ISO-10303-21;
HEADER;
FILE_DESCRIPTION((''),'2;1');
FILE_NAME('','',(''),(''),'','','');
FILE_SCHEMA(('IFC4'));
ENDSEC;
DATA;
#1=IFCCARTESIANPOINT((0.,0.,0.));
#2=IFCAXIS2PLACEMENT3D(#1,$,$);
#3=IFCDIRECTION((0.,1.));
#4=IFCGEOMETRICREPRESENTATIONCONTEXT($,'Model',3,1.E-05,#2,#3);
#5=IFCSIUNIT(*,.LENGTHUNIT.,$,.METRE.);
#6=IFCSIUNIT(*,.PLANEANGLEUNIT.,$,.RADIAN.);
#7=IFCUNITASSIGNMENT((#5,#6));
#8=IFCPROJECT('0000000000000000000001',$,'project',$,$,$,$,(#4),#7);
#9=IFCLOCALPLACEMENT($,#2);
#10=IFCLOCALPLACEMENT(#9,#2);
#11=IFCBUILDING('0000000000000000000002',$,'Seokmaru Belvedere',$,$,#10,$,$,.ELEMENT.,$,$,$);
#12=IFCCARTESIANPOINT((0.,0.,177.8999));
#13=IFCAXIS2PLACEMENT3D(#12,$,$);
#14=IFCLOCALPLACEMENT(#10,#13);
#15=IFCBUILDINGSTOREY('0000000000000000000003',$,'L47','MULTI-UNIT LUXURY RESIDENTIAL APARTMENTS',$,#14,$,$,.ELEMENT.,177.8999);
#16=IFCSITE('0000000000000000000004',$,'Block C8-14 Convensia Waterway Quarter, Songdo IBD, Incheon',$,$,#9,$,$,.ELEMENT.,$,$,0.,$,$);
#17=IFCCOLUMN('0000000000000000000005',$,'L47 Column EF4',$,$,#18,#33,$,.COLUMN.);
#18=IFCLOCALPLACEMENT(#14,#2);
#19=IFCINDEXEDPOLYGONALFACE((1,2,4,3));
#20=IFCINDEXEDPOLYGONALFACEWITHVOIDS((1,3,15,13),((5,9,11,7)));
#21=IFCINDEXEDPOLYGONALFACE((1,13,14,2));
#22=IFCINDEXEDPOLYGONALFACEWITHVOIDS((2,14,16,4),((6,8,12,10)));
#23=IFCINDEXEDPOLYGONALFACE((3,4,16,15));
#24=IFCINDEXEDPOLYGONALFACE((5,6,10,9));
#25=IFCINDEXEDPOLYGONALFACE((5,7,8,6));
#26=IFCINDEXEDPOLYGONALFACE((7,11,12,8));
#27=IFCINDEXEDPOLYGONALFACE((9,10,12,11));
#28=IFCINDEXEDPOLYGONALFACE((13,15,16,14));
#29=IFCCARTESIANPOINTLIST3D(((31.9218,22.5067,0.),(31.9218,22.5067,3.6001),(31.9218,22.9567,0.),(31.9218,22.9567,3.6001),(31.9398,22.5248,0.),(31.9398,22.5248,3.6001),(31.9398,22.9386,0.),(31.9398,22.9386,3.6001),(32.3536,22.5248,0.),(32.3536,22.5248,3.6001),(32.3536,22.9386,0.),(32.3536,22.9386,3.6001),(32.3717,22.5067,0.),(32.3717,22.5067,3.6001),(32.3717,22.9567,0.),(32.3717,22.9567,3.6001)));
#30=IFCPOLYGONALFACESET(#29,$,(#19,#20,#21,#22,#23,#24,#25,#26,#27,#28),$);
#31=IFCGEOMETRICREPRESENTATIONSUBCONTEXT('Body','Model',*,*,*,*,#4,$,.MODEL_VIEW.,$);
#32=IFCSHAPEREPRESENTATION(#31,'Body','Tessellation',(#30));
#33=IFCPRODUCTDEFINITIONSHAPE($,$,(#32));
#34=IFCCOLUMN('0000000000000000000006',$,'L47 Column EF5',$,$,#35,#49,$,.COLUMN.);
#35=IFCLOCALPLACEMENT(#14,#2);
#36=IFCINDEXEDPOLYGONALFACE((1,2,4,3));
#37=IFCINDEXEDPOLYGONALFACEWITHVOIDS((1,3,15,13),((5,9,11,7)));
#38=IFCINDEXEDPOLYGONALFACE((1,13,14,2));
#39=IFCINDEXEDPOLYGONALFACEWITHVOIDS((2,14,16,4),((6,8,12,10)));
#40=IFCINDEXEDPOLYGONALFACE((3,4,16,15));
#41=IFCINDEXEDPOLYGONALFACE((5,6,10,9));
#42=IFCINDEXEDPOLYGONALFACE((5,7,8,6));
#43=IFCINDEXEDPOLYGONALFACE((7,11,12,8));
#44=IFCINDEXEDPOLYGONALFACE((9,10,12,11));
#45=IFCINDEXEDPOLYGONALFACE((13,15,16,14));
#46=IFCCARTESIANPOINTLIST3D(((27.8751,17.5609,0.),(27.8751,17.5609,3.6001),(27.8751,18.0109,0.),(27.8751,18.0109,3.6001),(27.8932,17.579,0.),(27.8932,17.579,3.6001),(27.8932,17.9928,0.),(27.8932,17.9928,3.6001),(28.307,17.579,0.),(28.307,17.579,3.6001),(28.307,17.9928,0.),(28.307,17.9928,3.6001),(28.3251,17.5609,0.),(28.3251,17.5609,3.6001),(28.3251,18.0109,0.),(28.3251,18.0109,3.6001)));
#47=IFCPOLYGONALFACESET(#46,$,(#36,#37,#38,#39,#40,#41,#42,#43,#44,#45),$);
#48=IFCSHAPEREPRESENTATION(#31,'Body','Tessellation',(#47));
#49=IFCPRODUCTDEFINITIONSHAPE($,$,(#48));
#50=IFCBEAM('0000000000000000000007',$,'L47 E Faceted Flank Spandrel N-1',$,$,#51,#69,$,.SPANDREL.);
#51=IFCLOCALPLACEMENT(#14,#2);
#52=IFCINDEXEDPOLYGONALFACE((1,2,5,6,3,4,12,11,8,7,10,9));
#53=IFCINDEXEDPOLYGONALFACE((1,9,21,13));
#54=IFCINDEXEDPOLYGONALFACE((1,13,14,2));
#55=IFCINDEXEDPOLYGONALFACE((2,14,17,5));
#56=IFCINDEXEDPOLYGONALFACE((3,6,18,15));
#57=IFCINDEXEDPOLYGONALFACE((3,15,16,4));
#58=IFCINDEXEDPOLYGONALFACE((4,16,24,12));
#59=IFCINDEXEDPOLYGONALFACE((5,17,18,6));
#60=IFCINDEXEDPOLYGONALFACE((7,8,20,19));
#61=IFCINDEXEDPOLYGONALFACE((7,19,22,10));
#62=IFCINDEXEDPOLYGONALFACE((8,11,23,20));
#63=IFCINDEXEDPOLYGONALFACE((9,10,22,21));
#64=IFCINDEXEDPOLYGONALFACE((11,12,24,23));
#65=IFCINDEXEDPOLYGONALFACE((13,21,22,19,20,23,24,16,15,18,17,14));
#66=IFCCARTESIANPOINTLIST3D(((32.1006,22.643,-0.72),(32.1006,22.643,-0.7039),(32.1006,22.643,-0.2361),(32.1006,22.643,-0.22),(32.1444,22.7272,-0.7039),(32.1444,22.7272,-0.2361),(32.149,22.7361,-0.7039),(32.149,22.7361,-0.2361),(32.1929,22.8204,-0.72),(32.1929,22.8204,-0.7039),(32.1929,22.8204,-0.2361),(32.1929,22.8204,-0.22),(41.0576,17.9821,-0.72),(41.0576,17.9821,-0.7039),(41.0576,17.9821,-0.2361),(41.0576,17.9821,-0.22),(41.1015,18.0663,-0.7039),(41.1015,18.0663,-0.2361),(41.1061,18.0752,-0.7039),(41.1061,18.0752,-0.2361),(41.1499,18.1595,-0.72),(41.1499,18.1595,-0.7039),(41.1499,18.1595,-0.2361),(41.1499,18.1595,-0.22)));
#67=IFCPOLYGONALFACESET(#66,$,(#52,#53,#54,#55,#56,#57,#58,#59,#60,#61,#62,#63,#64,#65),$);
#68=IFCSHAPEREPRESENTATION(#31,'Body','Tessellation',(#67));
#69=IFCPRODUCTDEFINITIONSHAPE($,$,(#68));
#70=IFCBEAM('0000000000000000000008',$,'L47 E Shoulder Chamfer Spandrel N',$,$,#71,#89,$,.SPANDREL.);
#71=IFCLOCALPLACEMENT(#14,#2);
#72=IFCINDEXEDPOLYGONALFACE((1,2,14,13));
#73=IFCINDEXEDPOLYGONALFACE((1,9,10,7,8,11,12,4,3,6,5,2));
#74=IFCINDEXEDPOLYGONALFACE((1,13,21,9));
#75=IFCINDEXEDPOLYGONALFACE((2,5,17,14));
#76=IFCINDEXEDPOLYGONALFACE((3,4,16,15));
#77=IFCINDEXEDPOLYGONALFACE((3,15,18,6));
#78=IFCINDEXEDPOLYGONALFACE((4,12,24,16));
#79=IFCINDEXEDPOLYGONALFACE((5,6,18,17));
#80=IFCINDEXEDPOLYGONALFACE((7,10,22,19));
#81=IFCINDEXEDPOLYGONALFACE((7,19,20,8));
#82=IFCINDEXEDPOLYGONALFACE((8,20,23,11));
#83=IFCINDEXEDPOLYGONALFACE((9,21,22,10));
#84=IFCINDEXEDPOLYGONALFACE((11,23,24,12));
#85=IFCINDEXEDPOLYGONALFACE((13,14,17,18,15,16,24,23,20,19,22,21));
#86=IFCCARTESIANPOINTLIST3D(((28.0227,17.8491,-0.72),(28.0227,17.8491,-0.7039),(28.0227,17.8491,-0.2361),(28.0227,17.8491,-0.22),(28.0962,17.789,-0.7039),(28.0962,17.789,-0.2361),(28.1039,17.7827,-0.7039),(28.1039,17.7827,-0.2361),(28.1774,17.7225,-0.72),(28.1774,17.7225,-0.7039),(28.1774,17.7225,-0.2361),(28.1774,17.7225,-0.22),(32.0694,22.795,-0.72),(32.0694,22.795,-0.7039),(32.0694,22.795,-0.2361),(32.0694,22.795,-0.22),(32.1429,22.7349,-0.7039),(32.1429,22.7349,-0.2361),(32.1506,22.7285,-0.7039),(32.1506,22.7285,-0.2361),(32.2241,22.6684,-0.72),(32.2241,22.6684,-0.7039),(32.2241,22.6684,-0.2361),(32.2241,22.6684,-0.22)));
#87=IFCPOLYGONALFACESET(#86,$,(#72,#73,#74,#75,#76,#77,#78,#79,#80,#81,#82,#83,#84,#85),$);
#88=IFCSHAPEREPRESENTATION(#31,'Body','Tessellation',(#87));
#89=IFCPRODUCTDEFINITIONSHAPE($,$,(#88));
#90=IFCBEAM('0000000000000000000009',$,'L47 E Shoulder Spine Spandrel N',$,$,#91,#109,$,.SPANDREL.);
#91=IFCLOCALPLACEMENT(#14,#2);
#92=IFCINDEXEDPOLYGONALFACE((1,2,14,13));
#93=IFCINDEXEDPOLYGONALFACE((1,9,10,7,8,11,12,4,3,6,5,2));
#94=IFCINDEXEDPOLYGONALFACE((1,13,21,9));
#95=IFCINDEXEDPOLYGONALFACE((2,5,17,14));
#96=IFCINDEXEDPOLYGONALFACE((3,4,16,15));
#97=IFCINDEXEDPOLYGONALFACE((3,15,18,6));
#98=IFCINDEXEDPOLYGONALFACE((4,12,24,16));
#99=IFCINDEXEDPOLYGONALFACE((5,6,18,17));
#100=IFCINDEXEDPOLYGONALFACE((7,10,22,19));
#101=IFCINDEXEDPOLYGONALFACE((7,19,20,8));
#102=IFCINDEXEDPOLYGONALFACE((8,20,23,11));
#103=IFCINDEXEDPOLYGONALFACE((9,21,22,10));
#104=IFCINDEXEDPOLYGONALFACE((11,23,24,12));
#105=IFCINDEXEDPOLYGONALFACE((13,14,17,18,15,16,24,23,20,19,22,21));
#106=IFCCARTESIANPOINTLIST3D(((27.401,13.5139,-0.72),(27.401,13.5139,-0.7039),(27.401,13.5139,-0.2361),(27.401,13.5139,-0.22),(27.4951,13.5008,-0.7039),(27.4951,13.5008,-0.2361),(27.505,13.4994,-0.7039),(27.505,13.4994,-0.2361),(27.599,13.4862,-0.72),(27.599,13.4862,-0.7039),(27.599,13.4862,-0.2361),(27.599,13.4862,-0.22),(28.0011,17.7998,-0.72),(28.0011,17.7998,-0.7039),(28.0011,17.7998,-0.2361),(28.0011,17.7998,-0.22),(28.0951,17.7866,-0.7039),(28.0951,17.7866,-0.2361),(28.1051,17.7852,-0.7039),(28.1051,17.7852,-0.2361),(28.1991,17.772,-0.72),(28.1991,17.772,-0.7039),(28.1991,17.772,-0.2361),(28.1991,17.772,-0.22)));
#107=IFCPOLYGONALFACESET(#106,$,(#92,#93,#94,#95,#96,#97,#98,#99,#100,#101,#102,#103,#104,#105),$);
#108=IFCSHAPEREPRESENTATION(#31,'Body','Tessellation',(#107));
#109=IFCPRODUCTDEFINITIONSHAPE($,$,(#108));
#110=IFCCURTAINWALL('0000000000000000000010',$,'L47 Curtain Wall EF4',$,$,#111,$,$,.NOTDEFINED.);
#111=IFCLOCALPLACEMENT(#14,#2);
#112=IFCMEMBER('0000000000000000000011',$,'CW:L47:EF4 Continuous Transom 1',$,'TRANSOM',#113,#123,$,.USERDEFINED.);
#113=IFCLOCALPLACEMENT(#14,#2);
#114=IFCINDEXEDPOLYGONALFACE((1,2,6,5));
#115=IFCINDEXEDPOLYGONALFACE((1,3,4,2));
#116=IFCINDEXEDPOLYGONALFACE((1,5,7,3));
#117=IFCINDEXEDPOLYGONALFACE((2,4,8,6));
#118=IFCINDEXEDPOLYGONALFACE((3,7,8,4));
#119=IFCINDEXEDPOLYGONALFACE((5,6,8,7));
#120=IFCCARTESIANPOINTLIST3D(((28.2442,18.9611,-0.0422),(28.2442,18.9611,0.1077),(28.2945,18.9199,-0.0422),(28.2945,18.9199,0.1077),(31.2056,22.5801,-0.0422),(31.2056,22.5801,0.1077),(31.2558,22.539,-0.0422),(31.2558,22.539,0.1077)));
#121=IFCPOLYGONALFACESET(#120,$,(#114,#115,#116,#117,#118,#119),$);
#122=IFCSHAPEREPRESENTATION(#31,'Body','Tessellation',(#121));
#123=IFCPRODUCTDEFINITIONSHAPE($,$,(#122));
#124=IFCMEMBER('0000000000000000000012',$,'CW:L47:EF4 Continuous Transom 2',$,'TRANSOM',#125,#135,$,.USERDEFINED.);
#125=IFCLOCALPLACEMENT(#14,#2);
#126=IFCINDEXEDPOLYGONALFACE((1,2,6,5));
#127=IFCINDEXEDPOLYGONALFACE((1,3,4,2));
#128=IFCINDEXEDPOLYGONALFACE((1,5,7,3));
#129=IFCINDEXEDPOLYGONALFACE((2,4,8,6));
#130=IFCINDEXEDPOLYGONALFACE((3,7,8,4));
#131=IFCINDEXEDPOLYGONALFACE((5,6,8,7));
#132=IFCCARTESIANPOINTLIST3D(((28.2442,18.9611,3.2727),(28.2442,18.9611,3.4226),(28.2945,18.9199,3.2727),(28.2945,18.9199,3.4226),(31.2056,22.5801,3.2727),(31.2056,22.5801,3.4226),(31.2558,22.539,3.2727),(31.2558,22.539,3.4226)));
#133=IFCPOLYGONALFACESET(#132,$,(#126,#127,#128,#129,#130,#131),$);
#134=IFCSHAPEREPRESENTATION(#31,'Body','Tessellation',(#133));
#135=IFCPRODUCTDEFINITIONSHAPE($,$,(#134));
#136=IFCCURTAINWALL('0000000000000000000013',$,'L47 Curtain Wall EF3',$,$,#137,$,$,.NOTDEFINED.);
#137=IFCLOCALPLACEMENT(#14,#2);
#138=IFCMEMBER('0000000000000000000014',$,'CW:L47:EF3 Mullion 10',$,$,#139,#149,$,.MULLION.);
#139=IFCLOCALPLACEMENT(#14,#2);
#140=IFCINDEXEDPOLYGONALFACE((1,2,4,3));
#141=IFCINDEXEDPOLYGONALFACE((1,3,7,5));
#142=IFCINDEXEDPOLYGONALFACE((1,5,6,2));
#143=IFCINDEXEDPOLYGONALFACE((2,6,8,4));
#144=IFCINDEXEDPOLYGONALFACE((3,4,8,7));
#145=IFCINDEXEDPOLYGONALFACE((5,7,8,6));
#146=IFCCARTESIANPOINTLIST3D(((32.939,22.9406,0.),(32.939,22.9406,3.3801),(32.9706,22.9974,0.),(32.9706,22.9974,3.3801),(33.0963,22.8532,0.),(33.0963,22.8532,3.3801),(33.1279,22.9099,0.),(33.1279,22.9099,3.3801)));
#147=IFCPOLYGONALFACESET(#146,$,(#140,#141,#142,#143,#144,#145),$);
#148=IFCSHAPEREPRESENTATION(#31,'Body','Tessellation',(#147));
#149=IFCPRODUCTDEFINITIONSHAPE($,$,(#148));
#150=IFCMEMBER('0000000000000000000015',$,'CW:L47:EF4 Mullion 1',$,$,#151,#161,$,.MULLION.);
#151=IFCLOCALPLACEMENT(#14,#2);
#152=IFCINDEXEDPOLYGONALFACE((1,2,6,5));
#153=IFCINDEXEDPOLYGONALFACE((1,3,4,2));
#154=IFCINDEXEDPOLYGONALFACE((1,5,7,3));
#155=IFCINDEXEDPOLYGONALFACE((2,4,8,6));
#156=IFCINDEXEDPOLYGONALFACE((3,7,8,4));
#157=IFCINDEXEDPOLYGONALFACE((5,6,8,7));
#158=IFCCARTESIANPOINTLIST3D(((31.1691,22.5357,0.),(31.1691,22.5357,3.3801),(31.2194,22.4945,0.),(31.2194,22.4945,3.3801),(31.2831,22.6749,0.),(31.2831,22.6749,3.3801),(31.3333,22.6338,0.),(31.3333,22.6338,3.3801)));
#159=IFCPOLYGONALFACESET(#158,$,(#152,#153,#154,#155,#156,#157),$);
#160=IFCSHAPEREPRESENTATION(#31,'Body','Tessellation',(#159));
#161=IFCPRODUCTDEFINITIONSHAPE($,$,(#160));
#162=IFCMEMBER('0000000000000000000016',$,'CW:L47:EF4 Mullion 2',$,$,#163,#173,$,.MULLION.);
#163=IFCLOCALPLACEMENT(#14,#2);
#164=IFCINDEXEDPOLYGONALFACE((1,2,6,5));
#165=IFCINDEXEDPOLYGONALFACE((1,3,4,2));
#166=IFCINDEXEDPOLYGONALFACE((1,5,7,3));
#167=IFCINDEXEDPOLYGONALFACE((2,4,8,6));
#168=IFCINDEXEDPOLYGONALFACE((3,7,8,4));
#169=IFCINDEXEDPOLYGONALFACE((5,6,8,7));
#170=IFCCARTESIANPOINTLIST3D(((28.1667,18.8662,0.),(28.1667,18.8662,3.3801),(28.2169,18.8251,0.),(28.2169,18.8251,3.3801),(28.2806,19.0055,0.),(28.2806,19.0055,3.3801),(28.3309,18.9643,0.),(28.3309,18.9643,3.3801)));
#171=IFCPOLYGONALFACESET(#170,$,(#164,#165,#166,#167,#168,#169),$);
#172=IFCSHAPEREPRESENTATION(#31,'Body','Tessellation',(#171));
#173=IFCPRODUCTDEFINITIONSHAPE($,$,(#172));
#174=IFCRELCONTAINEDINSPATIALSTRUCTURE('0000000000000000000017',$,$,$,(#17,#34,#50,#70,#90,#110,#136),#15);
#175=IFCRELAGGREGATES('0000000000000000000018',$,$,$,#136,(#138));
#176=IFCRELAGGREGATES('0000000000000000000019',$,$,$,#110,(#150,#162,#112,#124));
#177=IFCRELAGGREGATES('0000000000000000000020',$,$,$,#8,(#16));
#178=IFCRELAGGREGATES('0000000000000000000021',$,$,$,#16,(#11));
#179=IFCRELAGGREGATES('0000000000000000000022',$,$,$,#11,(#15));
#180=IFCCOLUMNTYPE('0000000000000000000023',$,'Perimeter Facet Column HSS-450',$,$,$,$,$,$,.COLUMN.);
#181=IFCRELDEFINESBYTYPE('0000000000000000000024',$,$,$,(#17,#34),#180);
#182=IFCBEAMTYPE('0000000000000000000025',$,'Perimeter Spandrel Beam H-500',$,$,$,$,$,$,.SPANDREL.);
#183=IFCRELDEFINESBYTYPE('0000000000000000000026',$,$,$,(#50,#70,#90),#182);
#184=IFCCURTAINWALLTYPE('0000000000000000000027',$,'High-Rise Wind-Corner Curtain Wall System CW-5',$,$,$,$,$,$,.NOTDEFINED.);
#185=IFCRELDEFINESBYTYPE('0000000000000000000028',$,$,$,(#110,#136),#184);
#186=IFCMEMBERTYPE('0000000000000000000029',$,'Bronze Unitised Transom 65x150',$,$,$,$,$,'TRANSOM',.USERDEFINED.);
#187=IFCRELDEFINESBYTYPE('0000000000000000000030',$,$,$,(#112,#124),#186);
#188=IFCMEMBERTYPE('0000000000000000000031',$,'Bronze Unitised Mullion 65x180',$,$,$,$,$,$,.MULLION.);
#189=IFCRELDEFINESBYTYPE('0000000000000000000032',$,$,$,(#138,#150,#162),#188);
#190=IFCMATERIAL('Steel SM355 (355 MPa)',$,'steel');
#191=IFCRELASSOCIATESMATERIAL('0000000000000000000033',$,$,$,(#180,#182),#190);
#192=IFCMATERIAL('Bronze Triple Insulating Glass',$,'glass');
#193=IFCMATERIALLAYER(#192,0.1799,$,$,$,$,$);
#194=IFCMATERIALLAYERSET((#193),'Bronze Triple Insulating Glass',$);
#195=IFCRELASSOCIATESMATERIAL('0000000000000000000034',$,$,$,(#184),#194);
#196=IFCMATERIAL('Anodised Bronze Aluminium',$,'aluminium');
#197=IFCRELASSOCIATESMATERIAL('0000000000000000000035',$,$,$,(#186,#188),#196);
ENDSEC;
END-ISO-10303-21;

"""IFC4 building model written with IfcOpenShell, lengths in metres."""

from ifc_helpers import new_model, si_unit, direction, frame, origin, origin_2d, place, context, subcontext, project, spatial, rectangle, hollow_rectangle, i_section, extrude, source, transform, mapped, material, layer, layer_set, material_profile, profile_set, type_object, type_shapes, element, aggregate, save


model = new_model("IFC4")

# Units and contexts
model_context = context("Model", 3, precision=1e-05, world=origin(), true_north=direction((0.0, 1.0)))
body_context = subcontext(model_context, "Body", "Model", "MODEL_VIEW")
ifc_project = project(units=[si_unit("LENGTHUNIT", "METRE"), si_unit("PLANEANGLEUNIT", "RADIAN")], contexts=[model_context])

# Site, building, storey
site_placement = place(None, origin())
site = spatial("IfcSite", under=ifc_project, at=site_placement, Name="Block C8-14 Convensia Waterway Quarter, Songdo IBD, Incheon", CompositionType="ELEMENT", RefElevation=0.0)
building_placement = place(site_placement, origin())
building = spatial("IfcBuilding", under=site, at=building_placement, Name="Seokmaru Belvedere", CompositionType="ELEMENT")
storey_placement = place(building_placement, frame((0.0, 0.0, 177.8999)))
storey = spatial("IfcBuildingStorey", under=building, at=storey_placement, Name="L47", Description="MULTI-UNIT LUXURY RESIDENTIAL APARTMENTS", CompositionType="ELEMENT", Elevation=177.8999)

# Columns
ifc_material_1 = material(Name="Steel SM355 (355 MPa)", Category="steel")
ifc_material_profile_1 = material_profile(ifc_material_1, hollow_rectangle(XDim=0.45, YDim=0.45, WallThickness=0.0181, at=origin_2d()), Name="HSS-450x450x18")
ifc_profile_set_1 = profile_set([ifc_material_profile_1], Name="Steel SM355 (355 MPa)")
column_type = type_object("IfcColumnType", Name="Perimeter Facet Column HSS-450", PredefinedType="COLUMN", material=ifc_profile_set_1)
shared_shape_1 = source(origin(), body_context, "Body", "SweptSolid", [
    extrude(hollow_rectangle(XDim=0.45, YDim=0.45, WallThickness=0.0181, at=origin_2d()), origin(), (0.0, 0.0, 1.0), 3.6001),
])
type_shapes(column_type, [shared_shape_1])
for number, where, z_axis, x_axis, name in (
    (1, (32.1467, 22.7317, 0.0), (0.0, 0.0, 1.0), (1.0, 0.0, 0.0), "L47 Column EF4"),
    (2, (28.1001, 17.7859, 0.0), (0.0, 0.0, 1.0), (1.0, 0.0, 0.0), "L47 Column EF5"),
):
    element("IfcColumn", number, at=place(storey_placement, frame(where, z_axis=z_axis, x_axis=x_axis)), inside=storey, type_object=column_type, Name=name, PredefinedType="COLUMN", context=body_context, shape_type="MappedRepresentation", body=[
        mapped(shared_shape_1, transform((0.0, 0.0, 0.0), scale=1.0)),
    ])

# Beams
ifc_material_profile_2 = material_profile(ifc_material_1, i_section(OverallWidth=0.2, OverallDepth=0.5, WebThickness=0.01, FlangeThickness=0.0161, at=origin_2d()), Name="H-500x200x10x16")
ifc_profile_set_2 = profile_set([ifc_material_profile_2], Name="Steel SM355 (355 MPa)")
beam_type_1 = type_object("IfcBeamType", Name="Perimeter Spandrel Beam H-500", PredefinedType="SPANDREL", material=ifc_profile_set_2)
shared_shape_2 = source(origin(), body_context, "Body", "SweptSolid", [
    extrude(i_section(OverallWidth=0.2, OverallDepth=0.5, WebThickness=0.01, FlangeThickness=0.0161, at=origin_2d()), origin(), (0.0, 0.0, 1.0), 10.0972),
])
beam_1_placement = place(storey_placement, frame((32.1467, 22.7317, -0.47), z_axis=(0.887086, -0.461605, 0.0), x_axis=(0.461605, 0.887086, 0.0)))
element("IfcBeam", 3, at=beam_1_placement, inside=storey, type_object=beam_type_1, Name="L47 E Faceted Flank Spandrel N-1", PredefinedType="SPANDREL", context=body_context, shape_type="MappedRepresentation", body=[
    mapped(shared_shape_2, transform((0.0, 0.0, 0.0), scale=1.0)),
])
shared_shape_3 = source(origin(), body_context, "Body", "SweptSolid", [
    extrude(i_section(OverallWidth=0.2, OverallDepth=0.5, WebThickness=0.01, FlangeThickness=0.0161, at=origin_2d()), origin(), (0.0, 0.0, 1.0), 6.3904),
])
beam_2_placement = place(storey_placement, frame((32.1467, 22.7317, -0.47), z_axis=(-0.633244, -0.773952, 0.0), x_axis=(0.773952, -0.633244, 0.0)))
element("IfcBeam", 4, at=beam_2_placement, inside=storey, type_object=beam_type_1, Name="L47 E Shoulder Chamfer Spandrel N", PredefinedType="SPANDREL", context=body_context, shape_type="MappedRepresentation", body=[
    mapped(shared_shape_3, transform((0.0, 0.0, 0.0), scale=1.0)),
])
shared_shape_4 = source(origin(), body_context, "Body", "SweptSolid", [
    extrude(i_section(OverallWidth=0.2, OverallDepth=0.5, WebThickness=0.01, FlangeThickness=0.0161, at=origin_2d()), origin(), (0.0, 0.0, 1.0), 4.3276),
])
type_shapes(beam_type_1, [shared_shape_2, shared_shape_3, shared_shape_4])
beam_3_placement = place(storey_placement, frame((28.1001, 17.7859, -0.47), z_axis=(-0.138664, -0.990339, 0.0), x_axis=(0.990339, -0.138664, 0.0)))
element("IfcBeam", 5, at=beam_3_placement, inside=storey, type_object=beam_type_1, Name="L47 E Shoulder Spine Spandrel N", PredefinedType="SPANDREL", context=body_context, shape_type="MappedRepresentation", body=[
    mapped(shared_shape_4, transform((0.0, 0.0, 0.0), scale=1.0)),
])

# Curtain wall, members
ifc_material_2 = material(Name="Bronze Triple Insulating Glass", Category="glass")
ifc_layer_1 = layer(ifc_material_2, 0.1799)
ifc_layer_set_1 = layer_set([ifc_layer_1], Name="Bronze Triple Insulating Glass")
curtain_wall_type = type_object("IfcCurtainWallType", Name="High-Rise Wind-Corner Curtain Wall System CW-5", PredefinedType="NOTDEFINED", material=ifc_layer_set_1)
curtain_wall_1_placement = place(storey_placement, origin())
curtain_wall_1 = element("IfcCurtainWall", 6, at=curtain_wall_1_placement, inside=storey, type_object=curtain_wall_type, Name="L47 Curtain Wall EF4", PredefinedType="NOTDEFINED")
ifc_material_3 = material(Name="Anodised Bronze Aluminium", Category="aluminium")
ifc_material_profile_3 = material_profile(ifc_material_3, rectangle(XDim=0.0649, YDim=0.1499, at=origin_2d()), Name="CW-T-65x150")
ifc_profile_set_3 = profile_set([ifc_material_profile_3], Name="Anodised Bronze Aluminium")
member_type_1 = type_object("IfcMemberType", Name="Bronze Unitised Transom 65x150", ElementType="TRANSOM", PredefinedType="USERDEFINED", material=ifc_profile_set_3)
shared_shape_5 = source(origin(), body_context, "Body", "SweptSolid", [
    extrude(rectangle(XDim=0.0649, YDim=0.1499, at=origin_2d()), origin(), (0.0, 0.0, 1.0), 4.6763),
])
type_shapes(member_type_1, [shared_shape_5])
member_1_placement = place(storey_placement, frame((31.2307, 22.5596, 0.0327), z_axis=(-0.633278, -0.773925, 0.0), x_axis=(0.773925, -0.633278, 0.0)))
member_1 = element("IfcMember", 7, at=member_1_placement, type_object=member_type_1, Name="CW:L47:EF4 Continuous Transom 1", ObjectType="TRANSOM", PredefinedType="USERDEFINED", context=body_context, shape_type="MappedRepresentation", body=[
    mapped(shared_shape_5, transform((0.0, 0.0, 0.0), scale=1.0)),
])
member_2_placement = place(storey_placement, frame((31.2307, 22.5596, 3.3477), z_axis=(-0.633278, -0.773925, 0.0), x_axis=(0.773925, -0.633278, 0.0)))
member_2 = element("IfcMember", 8, at=member_2_placement, type_object=member_type_1, Name="CW:L47:EF4 Continuous Transom 2", ObjectType="TRANSOM", PredefinedType="USERDEFINED", context=body_context, shape_type="MappedRepresentation", body=[
    mapped(shared_shape_5, transform((0.0, 0.0, 0.0), scale=1.0)),
])

# Curtain wall, member
curtain_wall_2_placement = place(storey_placement, origin())
curtain_wall_2 = element("IfcCurtainWall", 9, at=curtain_wall_2_placement, inside=storey, type_object=curtain_wall_type, Name="L47 Curtain Wall EF3", PredefinedType="NOTDEFINED")
ifc_material_profile_4 = material_profile(ifc_material_3, rectangle(XDim=0.0649, YDim=0.1799, at=origin_2d()), Name="CW-M-65x180")
ifc_profile_set_4 = profile_set([ifc_material_profile_4], Name="Anodised Bronze Aluminium")
member_type_2 = type_object("IfcMemberType", Name="Bronze Unitised Mullion 65x180", PredefinedType="MULLION", material=ifc_profile_set_4)
shared_shape_6 = source(origin(), body_context, "Body", "SweptSolid", [
    extrude(rectangle(XDim=0.0649, YDim=0.1799, at=origin_2d()), origin(), (0.0, 0.0, 1.0), 3.3801),
])
type_shapes(member_type_2, [shared_shape_6])
member_3_placement = place(storey_placement, frame((33.0334, 22.9253, 0.0), z_axis=(0.0, 0.0, 1.0), x_axis=(-0.486047, -0.873933, 0.0)))
member_3 = element("IfcMember", 10, at=member_3_placement, type_object=member_type_2, Name="CW:L47:EF3 Mullion 10", PredefinedType="MULLION", context=body_context, shape_type="MappedRepresentation", body=[
    mapped(shared_shape_6, transform((0.0, 0.0, 0.0), scale=1.0)),
])
aggregate(curtain_wall_2, [member_3])

# Members
member_4_placement = place(storey_placement, frame((31.2512, 22.5847, 0.0), z_axis=(0.0, 0.0, 1.0), x_axis=(0.773944, -0.633254, 0.0)))
member_4 = element("IfcMember", 11, at=member_4_placement, type_object=member_type_2, Name="CW:L47:EF4 Mullion 1", PredefinedType="MULLION", context=body_context, shape_type="MappedRepresentation", body=[
    mapped(shared_shape_6, transform((0.0, 0.0, 0.0), scale=1.0)),
])
member_5_placement = place(storey_placement, frame((28.2488, 18.9153, 0.0), z_axis=(0.0, 0.0, 1.0), x_axis=(0.773944, -0.633254, 0.0)))
member_5 = element("IfcMember", 12, at=member_5_placement, type_object=member_type_2, Name="CW:L47:EF4 Mullion 2", PredefinedType="MULLION", context=body_context, shape_type="MappedRepresentation", body=[
    mapped(shared_shape_6, transform((0.0, 0.0, 0.0), scale=1.0)),
])

aggregate(curtain_wall_1, [member_4, member_5, member_1, member_2])

save(model, "model.ifc")
